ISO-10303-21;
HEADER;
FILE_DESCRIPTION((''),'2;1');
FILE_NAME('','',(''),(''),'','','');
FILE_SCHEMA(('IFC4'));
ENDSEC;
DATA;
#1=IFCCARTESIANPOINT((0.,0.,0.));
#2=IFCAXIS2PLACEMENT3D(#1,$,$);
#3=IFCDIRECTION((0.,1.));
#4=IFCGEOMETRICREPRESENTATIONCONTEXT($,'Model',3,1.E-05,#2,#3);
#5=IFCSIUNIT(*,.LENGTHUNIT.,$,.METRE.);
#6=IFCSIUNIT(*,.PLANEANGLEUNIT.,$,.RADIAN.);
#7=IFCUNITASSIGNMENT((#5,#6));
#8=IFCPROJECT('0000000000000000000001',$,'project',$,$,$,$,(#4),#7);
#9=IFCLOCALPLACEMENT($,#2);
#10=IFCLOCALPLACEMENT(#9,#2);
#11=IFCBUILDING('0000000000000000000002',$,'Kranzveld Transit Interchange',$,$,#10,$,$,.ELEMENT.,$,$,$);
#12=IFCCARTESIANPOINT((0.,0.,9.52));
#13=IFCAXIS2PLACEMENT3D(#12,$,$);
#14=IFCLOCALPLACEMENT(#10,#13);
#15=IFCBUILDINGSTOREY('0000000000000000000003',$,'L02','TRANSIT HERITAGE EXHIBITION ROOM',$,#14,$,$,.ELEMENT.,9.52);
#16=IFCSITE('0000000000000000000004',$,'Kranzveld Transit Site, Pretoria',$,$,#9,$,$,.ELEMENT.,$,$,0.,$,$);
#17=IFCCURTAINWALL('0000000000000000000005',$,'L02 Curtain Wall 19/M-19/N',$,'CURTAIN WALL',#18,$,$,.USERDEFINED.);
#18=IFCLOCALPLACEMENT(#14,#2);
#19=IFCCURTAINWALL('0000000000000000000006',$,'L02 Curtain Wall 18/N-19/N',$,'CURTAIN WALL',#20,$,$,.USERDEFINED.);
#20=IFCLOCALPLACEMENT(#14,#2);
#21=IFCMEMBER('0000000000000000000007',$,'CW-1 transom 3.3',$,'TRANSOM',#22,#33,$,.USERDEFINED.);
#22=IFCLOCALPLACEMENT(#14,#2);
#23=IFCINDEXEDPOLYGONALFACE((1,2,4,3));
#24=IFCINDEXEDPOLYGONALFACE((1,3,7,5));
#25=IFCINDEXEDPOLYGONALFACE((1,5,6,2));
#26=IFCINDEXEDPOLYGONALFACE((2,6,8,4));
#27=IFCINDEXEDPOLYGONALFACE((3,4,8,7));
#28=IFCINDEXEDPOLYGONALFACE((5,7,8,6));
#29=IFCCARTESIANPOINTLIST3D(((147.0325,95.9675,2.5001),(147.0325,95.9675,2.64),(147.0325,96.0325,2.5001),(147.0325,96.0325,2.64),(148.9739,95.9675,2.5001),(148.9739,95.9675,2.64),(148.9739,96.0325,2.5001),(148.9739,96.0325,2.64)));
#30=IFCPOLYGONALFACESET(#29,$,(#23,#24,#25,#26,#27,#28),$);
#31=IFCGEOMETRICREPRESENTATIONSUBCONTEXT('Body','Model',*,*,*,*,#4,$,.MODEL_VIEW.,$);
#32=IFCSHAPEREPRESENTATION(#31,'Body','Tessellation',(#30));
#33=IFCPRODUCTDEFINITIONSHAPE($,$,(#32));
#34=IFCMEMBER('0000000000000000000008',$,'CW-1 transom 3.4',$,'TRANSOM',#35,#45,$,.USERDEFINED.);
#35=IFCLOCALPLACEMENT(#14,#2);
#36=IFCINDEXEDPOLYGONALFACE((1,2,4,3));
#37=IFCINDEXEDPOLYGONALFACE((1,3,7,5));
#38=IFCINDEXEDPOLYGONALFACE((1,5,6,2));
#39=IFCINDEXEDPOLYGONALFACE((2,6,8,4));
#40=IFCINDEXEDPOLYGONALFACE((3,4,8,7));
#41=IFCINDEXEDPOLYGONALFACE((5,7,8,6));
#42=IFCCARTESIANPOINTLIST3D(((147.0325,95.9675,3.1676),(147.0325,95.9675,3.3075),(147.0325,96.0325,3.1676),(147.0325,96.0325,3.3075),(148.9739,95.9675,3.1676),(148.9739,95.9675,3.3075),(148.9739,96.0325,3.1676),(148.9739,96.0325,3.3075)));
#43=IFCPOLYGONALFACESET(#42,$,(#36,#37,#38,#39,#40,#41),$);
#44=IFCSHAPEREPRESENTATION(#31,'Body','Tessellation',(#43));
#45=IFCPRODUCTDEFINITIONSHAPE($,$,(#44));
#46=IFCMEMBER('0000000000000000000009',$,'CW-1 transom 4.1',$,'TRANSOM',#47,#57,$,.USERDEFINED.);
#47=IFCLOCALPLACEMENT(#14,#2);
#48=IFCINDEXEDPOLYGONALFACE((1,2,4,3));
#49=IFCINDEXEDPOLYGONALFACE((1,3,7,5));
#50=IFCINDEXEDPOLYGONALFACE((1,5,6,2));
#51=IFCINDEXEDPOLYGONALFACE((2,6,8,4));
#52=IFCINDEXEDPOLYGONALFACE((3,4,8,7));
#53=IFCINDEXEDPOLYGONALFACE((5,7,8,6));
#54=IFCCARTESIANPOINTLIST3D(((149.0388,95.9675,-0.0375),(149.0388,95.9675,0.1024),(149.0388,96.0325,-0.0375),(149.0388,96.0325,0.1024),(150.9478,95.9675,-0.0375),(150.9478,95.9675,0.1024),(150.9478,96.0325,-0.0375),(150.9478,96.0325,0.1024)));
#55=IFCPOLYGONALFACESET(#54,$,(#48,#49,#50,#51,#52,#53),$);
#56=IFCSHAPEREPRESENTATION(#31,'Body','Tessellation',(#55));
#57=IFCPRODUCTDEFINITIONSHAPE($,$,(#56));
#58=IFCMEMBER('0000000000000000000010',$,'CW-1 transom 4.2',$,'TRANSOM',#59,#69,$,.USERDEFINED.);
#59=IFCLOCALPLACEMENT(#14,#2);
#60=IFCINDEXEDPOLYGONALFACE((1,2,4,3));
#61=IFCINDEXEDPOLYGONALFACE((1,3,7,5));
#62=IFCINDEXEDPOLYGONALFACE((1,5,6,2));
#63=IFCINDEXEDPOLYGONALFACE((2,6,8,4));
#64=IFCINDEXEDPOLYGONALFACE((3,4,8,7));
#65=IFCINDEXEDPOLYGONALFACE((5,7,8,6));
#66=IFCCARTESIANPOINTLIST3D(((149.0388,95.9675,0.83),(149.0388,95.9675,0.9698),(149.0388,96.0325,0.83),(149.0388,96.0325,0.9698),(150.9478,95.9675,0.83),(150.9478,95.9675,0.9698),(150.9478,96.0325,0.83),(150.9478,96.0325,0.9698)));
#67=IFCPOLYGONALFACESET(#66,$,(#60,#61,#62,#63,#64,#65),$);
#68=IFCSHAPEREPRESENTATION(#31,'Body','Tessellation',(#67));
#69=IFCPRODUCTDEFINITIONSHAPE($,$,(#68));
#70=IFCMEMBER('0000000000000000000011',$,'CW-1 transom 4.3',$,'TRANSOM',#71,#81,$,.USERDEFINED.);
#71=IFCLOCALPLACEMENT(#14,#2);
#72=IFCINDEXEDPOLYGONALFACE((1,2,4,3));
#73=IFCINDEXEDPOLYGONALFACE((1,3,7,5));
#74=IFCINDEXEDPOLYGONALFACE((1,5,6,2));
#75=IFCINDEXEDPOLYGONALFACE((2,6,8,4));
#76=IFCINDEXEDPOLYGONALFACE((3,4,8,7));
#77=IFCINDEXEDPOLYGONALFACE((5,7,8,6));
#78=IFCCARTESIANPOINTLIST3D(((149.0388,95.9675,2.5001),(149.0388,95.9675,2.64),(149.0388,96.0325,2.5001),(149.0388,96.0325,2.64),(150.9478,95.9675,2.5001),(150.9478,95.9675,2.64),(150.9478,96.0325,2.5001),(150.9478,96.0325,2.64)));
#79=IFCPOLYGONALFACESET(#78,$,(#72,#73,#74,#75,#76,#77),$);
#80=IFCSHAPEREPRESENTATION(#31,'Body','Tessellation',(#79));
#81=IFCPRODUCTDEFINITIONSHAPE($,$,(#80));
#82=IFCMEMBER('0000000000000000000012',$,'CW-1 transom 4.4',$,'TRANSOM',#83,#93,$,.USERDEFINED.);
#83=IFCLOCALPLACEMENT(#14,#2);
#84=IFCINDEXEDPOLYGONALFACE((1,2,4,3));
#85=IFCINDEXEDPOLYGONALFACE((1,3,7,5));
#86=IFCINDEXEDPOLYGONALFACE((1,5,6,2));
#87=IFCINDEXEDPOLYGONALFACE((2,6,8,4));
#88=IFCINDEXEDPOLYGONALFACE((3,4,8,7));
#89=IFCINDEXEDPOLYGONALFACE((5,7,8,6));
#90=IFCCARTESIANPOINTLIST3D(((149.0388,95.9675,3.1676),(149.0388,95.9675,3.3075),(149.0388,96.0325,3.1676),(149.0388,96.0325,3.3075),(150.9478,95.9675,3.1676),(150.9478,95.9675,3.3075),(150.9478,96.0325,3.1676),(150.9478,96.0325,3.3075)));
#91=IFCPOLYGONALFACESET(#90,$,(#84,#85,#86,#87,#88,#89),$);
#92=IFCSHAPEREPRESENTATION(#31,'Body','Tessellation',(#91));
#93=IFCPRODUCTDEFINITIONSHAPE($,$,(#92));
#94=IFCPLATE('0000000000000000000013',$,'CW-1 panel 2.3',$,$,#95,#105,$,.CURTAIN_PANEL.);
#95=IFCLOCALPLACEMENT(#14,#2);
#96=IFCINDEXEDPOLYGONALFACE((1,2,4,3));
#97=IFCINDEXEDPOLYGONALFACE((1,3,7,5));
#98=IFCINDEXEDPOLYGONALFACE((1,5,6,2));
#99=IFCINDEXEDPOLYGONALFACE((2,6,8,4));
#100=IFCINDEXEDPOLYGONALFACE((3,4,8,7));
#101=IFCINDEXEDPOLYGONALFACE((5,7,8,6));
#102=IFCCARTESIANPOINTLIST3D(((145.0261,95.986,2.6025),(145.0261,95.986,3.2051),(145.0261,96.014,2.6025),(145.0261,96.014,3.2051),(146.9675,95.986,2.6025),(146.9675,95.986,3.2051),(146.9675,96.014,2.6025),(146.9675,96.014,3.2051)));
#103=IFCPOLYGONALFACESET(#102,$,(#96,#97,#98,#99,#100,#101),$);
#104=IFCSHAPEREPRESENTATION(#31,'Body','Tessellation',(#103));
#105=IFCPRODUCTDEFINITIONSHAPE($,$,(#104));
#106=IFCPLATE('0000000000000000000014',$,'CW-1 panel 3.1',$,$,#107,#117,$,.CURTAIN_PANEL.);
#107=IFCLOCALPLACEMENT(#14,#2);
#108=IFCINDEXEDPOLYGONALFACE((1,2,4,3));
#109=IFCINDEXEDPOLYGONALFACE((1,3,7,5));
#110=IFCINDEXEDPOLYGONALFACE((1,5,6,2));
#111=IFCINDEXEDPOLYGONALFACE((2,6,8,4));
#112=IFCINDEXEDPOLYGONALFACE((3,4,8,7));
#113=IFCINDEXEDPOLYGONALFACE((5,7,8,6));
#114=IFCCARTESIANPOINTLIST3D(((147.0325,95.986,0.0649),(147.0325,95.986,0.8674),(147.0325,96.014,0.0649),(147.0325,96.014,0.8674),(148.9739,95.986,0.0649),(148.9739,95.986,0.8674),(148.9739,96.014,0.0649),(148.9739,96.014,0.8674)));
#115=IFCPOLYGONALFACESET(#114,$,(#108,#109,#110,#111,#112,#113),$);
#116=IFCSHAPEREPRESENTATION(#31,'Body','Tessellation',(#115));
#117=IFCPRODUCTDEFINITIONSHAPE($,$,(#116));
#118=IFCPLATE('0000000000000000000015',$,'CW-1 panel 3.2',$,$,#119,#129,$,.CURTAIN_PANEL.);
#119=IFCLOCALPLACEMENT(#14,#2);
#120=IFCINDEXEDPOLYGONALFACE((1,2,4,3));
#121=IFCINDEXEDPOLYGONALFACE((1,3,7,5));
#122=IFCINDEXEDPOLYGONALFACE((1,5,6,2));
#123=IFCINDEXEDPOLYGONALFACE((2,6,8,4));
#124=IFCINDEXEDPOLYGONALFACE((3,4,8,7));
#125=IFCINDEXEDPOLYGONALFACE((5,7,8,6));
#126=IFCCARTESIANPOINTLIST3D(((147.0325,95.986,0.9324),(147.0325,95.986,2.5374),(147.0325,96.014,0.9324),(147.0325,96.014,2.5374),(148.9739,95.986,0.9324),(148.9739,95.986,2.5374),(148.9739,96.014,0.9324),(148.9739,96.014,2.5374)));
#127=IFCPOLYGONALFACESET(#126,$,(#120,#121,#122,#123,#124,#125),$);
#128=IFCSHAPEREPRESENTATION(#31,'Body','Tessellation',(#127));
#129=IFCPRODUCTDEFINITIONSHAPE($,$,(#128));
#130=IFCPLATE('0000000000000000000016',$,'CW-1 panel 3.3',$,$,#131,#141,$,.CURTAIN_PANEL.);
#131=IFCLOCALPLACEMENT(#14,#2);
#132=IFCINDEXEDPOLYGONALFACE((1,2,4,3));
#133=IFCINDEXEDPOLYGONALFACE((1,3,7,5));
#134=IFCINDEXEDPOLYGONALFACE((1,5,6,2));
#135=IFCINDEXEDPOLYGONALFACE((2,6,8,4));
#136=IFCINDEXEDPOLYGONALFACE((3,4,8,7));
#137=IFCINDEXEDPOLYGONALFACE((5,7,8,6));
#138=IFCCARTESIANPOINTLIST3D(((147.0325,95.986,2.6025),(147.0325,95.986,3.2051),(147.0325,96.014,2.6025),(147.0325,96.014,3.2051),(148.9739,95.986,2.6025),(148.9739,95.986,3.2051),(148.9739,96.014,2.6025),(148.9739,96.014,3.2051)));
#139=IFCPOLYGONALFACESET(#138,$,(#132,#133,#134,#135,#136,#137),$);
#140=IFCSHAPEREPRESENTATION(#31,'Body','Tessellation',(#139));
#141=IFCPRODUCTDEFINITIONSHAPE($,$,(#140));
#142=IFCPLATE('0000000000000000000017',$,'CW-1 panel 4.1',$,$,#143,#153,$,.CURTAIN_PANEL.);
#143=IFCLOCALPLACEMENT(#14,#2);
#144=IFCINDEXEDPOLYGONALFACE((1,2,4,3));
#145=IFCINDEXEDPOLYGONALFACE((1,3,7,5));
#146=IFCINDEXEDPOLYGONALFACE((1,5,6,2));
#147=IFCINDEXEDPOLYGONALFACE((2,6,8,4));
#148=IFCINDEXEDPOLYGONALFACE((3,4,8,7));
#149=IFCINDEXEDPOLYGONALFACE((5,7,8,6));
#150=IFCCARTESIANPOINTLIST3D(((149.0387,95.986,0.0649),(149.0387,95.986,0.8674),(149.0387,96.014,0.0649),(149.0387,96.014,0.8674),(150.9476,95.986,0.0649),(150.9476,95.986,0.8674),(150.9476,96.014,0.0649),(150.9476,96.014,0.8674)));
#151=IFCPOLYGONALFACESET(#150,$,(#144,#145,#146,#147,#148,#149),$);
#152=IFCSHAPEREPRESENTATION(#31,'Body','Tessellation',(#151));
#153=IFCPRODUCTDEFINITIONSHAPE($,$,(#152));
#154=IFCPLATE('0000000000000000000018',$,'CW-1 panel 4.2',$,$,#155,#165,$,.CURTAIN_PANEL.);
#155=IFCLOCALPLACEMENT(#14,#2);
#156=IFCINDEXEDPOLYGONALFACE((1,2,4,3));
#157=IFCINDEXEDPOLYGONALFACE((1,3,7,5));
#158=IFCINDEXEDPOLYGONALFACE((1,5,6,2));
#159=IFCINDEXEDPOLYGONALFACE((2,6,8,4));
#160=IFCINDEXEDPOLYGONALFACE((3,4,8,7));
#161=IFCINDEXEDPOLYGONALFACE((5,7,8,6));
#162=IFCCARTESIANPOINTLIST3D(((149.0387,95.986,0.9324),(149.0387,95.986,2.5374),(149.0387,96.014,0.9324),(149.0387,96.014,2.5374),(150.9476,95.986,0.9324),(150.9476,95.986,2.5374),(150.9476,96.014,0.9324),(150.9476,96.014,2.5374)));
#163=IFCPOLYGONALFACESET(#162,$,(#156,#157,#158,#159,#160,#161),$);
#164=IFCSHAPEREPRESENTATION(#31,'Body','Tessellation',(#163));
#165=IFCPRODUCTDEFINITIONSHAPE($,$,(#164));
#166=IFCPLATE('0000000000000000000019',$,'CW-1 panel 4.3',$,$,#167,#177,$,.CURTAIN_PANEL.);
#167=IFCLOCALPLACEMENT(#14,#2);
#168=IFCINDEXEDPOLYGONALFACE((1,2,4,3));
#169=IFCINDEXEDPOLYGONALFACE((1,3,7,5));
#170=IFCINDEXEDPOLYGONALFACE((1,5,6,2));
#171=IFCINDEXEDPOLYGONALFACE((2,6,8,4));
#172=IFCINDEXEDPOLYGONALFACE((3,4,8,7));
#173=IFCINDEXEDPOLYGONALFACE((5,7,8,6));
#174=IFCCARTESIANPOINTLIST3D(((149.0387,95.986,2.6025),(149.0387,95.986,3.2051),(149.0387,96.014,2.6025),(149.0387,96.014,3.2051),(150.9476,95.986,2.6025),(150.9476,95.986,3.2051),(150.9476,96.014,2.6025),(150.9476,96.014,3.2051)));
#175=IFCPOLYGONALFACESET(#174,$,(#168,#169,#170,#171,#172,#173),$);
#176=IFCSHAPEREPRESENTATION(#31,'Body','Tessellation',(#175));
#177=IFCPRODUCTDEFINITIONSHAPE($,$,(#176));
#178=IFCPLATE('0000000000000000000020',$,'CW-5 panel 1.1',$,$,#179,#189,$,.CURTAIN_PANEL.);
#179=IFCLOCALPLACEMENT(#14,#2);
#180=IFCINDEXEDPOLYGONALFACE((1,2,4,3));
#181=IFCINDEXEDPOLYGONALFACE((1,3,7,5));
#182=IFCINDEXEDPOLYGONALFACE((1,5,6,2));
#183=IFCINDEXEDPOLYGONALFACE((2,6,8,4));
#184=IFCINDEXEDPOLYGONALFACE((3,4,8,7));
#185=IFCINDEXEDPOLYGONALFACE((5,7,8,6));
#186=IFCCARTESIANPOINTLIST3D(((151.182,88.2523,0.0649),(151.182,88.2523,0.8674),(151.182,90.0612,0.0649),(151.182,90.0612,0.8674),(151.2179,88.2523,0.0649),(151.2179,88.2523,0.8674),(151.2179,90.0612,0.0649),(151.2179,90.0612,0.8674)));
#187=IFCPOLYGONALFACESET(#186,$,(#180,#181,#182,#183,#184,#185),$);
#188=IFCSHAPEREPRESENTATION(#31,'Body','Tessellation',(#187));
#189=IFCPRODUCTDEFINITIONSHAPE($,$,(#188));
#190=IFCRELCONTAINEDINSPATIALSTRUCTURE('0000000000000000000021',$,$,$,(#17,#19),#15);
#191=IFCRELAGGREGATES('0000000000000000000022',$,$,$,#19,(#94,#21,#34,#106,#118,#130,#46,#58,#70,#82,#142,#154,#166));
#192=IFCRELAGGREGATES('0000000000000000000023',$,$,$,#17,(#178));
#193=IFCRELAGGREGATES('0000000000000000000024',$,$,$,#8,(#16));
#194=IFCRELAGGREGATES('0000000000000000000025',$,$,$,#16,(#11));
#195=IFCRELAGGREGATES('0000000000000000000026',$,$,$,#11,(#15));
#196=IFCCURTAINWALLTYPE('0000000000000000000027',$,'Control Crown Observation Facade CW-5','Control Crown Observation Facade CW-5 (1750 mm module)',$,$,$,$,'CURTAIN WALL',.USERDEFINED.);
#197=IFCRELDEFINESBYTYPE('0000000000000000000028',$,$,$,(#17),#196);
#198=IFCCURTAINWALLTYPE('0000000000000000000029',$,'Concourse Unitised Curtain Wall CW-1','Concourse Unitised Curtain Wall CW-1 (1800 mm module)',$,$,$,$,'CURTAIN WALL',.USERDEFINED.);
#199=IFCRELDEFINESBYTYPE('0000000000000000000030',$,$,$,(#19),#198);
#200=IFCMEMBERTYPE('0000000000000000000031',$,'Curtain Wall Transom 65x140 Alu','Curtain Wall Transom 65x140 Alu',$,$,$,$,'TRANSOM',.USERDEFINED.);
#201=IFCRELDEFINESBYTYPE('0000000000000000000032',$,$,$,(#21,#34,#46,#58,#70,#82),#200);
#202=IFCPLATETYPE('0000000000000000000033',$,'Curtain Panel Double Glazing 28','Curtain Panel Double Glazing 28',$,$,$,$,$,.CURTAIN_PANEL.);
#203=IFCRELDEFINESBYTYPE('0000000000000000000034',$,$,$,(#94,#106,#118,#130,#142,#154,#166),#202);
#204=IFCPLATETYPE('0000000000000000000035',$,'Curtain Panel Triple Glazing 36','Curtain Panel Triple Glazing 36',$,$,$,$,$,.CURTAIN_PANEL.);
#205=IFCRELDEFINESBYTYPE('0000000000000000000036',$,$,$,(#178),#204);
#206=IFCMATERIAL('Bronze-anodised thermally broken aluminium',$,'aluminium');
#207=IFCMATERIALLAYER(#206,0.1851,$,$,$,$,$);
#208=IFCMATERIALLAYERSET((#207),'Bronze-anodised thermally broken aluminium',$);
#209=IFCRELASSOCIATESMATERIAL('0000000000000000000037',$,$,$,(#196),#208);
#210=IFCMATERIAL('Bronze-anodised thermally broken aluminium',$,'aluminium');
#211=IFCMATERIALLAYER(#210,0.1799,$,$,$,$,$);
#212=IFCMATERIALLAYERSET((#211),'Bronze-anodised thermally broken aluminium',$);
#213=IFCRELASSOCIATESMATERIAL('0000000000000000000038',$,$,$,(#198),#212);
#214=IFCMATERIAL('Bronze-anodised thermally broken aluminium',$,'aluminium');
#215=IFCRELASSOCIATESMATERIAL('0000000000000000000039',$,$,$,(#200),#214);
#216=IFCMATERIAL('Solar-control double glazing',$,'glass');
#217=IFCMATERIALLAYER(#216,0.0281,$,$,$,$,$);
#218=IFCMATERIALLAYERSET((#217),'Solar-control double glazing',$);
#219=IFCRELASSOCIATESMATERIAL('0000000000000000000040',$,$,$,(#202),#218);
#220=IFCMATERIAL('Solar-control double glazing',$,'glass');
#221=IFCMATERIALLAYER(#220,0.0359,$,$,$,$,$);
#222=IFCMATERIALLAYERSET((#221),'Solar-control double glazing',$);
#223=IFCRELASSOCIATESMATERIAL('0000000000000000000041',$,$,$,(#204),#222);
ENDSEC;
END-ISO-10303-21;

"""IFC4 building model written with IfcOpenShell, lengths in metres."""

from ifc_helpers import new_model, si_unit, direction, frame, origin, origin_2d, place, context, subcontext, project, spatial, rectangle, extrude, material, layer, layer_set, material_profile, profile_set, type_object, element, aggregate, save


model = new_model("IFC4")

# Units and contexts
model_context = context("Model", 3, precision=1e-05, world=origin(), true_north=direction((0.0, 1.0)))
body_context = subcontext(model_context, "Body", "Model", "MODEL_VIEW")
ifc_project = project(units=[si_unit("LENGTHUNIT", "METRE"), si_unit("PLANEANGLEUNIT", "RADIAN")], contexts=[model_context])

# Site, building, storey
site_placement = place(None, origin())
site = spatial("IfcSite", under=ifc_project, at=site_placement, Name="Kranzveld Transit Site, Pretoria", CompositionType="ELEMENT", RefElevation=0.0)
building_placement = place(site_placement, origin())
building = spatial("IfcBuilding", under=site, at=building_placement, Name="Kranzveld Transit Interchange", CompositionType="ELEMENT")
storey_placement = place(building_placement, frame((0.0, 0.0, 9.52)))
storey = spatial("IfcBuildingStorey", under=building, at=storey_placement, Name="L02", Description="TRANSIT HERITAGE EXHIBITION ROOM", CompositionType="ELEMENT", Elevation=9.52)

# Curtain walls
ifc_material_1 = material(Name="Bronze-anodised thermally broken aluminium", Category="aluminium")
ifc_layer_1 = layer(ifc_material_1, 0.1851)
ifc_layer_set_1 = layer_set([ifc_layer_1], Name="Bronze-anodised thermally broken aluminium")
curtain_wall_type_1 = type_object("IfcCurtainWallType", Name="Control Crown Observation Facade CW-5", Description="Control Crown Observation Facade CW-5 (1750 mm module)", ElementType="CURTAIN WALL", PredefinedType="USERDEFINED", material=ifc_layer_set_1)
curtain_wall_1_placement = place(storey_placement, origin())
curtain_wall_1 = element("IfcCurtainWall", 1, at=curtain_wall_1_placement, inside=storey, type_object=curtain_wall_type_1, Name="L02 Curtain Wall 19/M-19/N", ObjectType="CURTAIN WALL", PredefinedType="USERDEFINED")
ifc_material_2 = material(Name="Bronze-anodised thermally broken aluminium", Category="aluminium")
ifc_layer_2 = layer(ifc_material_2, 0.1799)
ifc_layer_set_2 = layer_set([ifc_layer_2], Name="Bronze-anodised thermally broken aluminium")
curtain_wall_type_2 = type_object("IfcCurtainWallType", Name="Concourse Unitised Curtain Wall CW-1", Description="Concourse Unitised Curtain Wall CW-1 (1800 mm module)", ElementType="CURTAIN WALL", PredefinedType="USERDEFINED", material=ifc_layer_set_2)
curtain_wall_2_placement = place(storey_placement, origin())
curtain_wall_2 = element("IfcCurtainWall", 2, at=curtain_wall_2_placement, inside=storey, type_object=curtain_wall_type_2, Name="L02 Curtain Wall 18/N-19/N", ObjectType="CURTAIN WALL", PredefinedType="USERDEFINED")

# Members
ifc_material_3 = material(Name="Bronze-anodised thermally broken aluminium", Category="aluminium")
ifc_material_profile_1 = material_profile(ifc_material_3, rectangle(XDim=0.0649, YDim=0.1399, at=origin_2d()), Name="ALU TRANSOM 65x140")
ifc_profile_set_1 = profile_set([ifc_material_profile_1], Name="Bronze-anodised thermally broken aluminium")
member_type_1 = type_object("IfcMemberType", Name="Curtain Wall Transom 65x140 Alu", Description="Curtain Wall Transom 65x140 Alu", ElementType="TRANSOM", PredefinedType="USERDEFINED", material=ifc_profile_set_1)
member_1_placement = place(storey_placement, frame((147.0325, 96.0, 2.5701), z_axis=(1.0, 0.0, 0.0), x_axis=(0.0, 1.0, 0.0)))
member_1 = element("IfcMember", 3, at=member_1_placement, type_object=member_type_1, Name="CW-1 transom 3.3", ObjectType="TRANSOM", PredefinedType="USERDEFINED", context=body_context, shape_type="SweptSolid", body=[
    extrude(rectangle(XDim=0.0649, YDim=0.1399, at=origin_2d()), origin(), (0.0, 0.0, 1.0), 1.9414),
])
member_2_placement = place(storey_placement, frame((147.0325, 96.0, 3.2375), z_axis=(1.0, 0.0, 0.0), x_axis=(0.0, 1.0, 0.0)))
member_2 = element("IfcMember", 4, at=member_2_placement, type_object=member_type_1, Name="CW-1 transom 3.4", ObjectType="TRANSOM", PredefinedType="USERDEFINED", context=body_context, shape_type="SweptSolid", body=[
    extrude(rectangle(XDim=0.0649, YDim=0.1399, at=origin_2d()), origin(), (0.0, 0.0, 1.0), 1.9414),
])
member_3_placement = place(storey_placement, frame((149.0388, 96.0, 0.0325), z_axis=(1.0, 0.0, 0.0), x_axis=(0.0, 1.0, 0.0)))
member_3 = element("IfcMember", 5, at=member_3_placement, type_object=member_type_1, Name="CW-1 transom 4.1", ObjectType="TRANSOM", PredefinedType="USERDEFINED", context=body_context, shape_type="SweptSolid", body=[
    extrude(rectangle(XDim=0.0649, YDim=0.1399, at=origin_2d()), origin(), (0.0, 0.0, 1.0), 1.9089),
])
member_4_placement = place(storey_placement, frame((149.0388, 96.0, 0.8999), z_axis=(1.0, 0.0, 0.0), x_axis=(0.0, 1.0, 0.0)))
member_4 = element("IfcMember", 6, at=member_4_placement, type_object=member_type_1, Name="CW-1 transom 4.2", ObjectType="TRANSOM", PredefinedType="USERDEFINED", context=body_context, shape_type="SweptSolid", body=[
    extrude(rectangle(XDim=0.0649, YDim=0.1399, at=origin_2d()), origin(), (0.0, 0.0, 1.0), 1.9089),
])
member_5_placement = place(storey_placement, frame((149.0388, 96.0, 2.5701), z_axis=(1.0, 0.0, 0.0), x_axis=(0.0, 1.0, 0.0)))
member_5 = element("IfcMember", 7, at=member_5_placement, type_object=member_type_1, Name="CW-1 transom 4.3", ObjectType="TRANSOM", PredefinedType="USERDEFINED", context=body_context, shape_type="SweptSolid", body=[
    extrude(rectangle(XDim=0.0649, YDim=0.1399, at=origin_2d()), origin(), (0.0, 0.0, 1.0), 1.9089),
])
member_6_placement = place(storey_placement, frame((149.0388, 96.0, 3.2375), z_axis=(1.0, 0.0, 0.0), x_axis=(0.0, 1.0, 0.0)))
member_6 = element("IfcMember", 8, at=member_6_placement, type_object=member_type_1, Name="CW-1 transom 4.4", ObjectType="TRANSOM", PredefinedType="USERDEFINED", context=body_context, shape_type="SweptSolid", body=[
    extrude(rectangle(XDim=0.0649, YDim=0.1399, at=origin_2d()), origin(), (0.0, 0.0, 1.0), 1.9089),
])

# Plates
ifc_material_4 = material(Name="Solar-control double glazing", Category="glass")
ifc_layer_3 = layer(ifc_material_4, 0.0281)
ifc_layer_set_3 = layer_set([ifc_layer_3], Name="Solar-control double glazing")
plate_type_1 = type_object("IfcPlateType", Name="Curtain Panel Double Glazing 28", Description="Curtain Panel Double Glazing 28", PredefinedType="CURTAIN_PANEL", material=ifc_layer_set_3)
plate_1_placement = place(storey_placement, frame((145.9968, 96.0, 2.6025), z_axis=(0.0, 0.0, 1.0), x_axis=(1.0, 0.0, 0.0)))
plate_1 = element("IfcPlate", 9, at=plate_1_placement, type_object=plate_type_1, Name="CW-1 panel 2.3", PredefinedType="CURTAIN_PANEL", context=body_context, shape_type="SweptSolid", body=[
    extrude(rectangle(XDim=1.9414, YDim=0.0281, at=origin_2d()), origin(), (0.0, 0.0, 1.0), 0.6025),
])
plate_2_placement = place(storey_placement, frame((148.0032, 96.0, 0.0649), z_axis=(0.0, 0.0, 1.0), x_axis=(1.0, 0.0, 0.0)))
plate_2 = element("IfcPlate", 10, at=plate_2_placement, type_object=plate_type_1, Name="CW-1 panel 3.1", PredefinedType="CURTAIN_PANEL", context=body_context, shape_type="SweptSolid", body=[
    extrude(rectangle(XDim=1.9414, YDim=0.0281, at=origin_2d()), origin(), (0.0, 0.0, 1.0), 0.8025),
])
plate_3_placement = place(storey_placement, frame((148.0032, 96.0, 0.9324), z_axis=(0.0, 0.0, 1.0), x_axis=(1.0, 0.0, 0.0)))
plate_3 = element("IfcPlate", 11, at=plate_3_placement, type_object=plate_type_1, Name="CW-1 panel 3.2", PredefinedType="CURTAIN_PANEL", context=body_context, shape_type="SweptSolid", body=[
    extrude(rectangle(XDim=1.9414, YDim=0.0281, at=origin_2d()), origin(), (0.0, 0.0, 1.0), 1.605),
])
plate_4_placement = place(storey_placement, frame((148.0032, 96.0, 2.6025), z_axis=(0.0, 0.0, 1.0), x_axis=(1.0, 0.0, 0.0)))
plate_4 = element("IfcPlate", 12, at=plate_4_placement, type_object=plate_type_1, Name="CW-1 panel 3.3", PredefinedType="CURTAIN_PANEL", context=body_context, shape_type="SweptSolid", body=[
    extrude(rectangle(XDim=1.9414, YDim=0.0281, at=origin_2d()), origin(), (0.0, 0.0, 1.0), 0.6025),
])
plate_5_placement = place(storey_placement, frame((149.9932, 96.0, 0.0649), z_axis=(0.0, 0.0, 1.0), x_axis=(1.0, 0.0, 0.0)))
plate_5 = element("IfcPlate", 13, at=plate_5_placement, type_object=plate_type_1, Name="CW-1 panel 4.1", PredefinedType="CURTAIN_PANEL", context=body_context, shape_type="SweptSolid", body=[
    extrude(rectangle(XDim=1.9089, YDim=0.0281, at=origin_2d()), origin(), (0.0, 0.0, 1.0), 0.8025),
])
plate_6_placement = place(storey_placement, frame((149.9932, 96.0, 0.9324), z_axis=(0.0, 0.0, 1.0), x_axis=(1.0, 0.0, 0.0)))
plate_6 = element("IfcPlate", 14, at=plate_6_placement, type_object=plate_type_1, Name="CW-1 panel 4.2", PredefinedType="CURTAIN_PANEL", context=body_context, shape_type="SweptSolid", body=[
    extrude(rectangle(XDim=1.9089, YDim=0.0281, at=origin_2d()), origin(), (0.0, 0.0, 1.0), 1.605),
])
plate_7_placement = place(storey_placement, frame((149.9932, 96.0, 2.6025), z_axis=(0.0, 0.0, 1.0), x_axis=(1.0, 0.0, 0.0)))
plate_7 = element("IfcPlate", 15, at=plate_7_placement, type_object=plate_type_1, Name="CW-1 panel 4.3", PredefinedType="CURTAIN_PANEL", context=body_context, shape_type="SweptSolid", body=[
    extrude(rectangle(XDim=1.9089, YDim=0.0281, at=origin_2d()), origin(), (0.0, 0.0, 1.0), 0.6025),
])
aggregate(curtain_wall_2, [plate_1, member_1, member_2, plate_2, plate_3, plate_4, member_3, member_4, member_5, member_6, plate_5, plate_6, plate_7])
ifc_material_5 = material(Name="Solar-control double glazing", Category="glass")
ifc_layer_4 = layer(ifc_material_5, 0.0359)
ifc_layer_set_4 = layer_set([ifc_layer_4], Name="Solar-control double glazing")
plate_type_2 = type_object("IfcPlateType", Name="Curtain Panel Triple Glazing 36", Description="Curtain Panel Triple Glazing 36", PredefinedType="CURTAIN_PANEL", material=ifc_layer_set_4)
plate_8_placement = place(storey_placement, frame((151.2, 89.1567, 0.0649), z_axis=(0.0, 0.0, 1.0), x_axis=(0.0, 1.0, 0.0)))
plate_8 = element("IfcPlate", 16, at=plate_8_placement, type_object=plate_type_2, Name="CW-5 panel 1.1", PredefinedType="CURTAIN_PANEL", context=body_context, shape_type="SweptSolid", body=[
    extrude(rectangle(XDim=1.8088, YDim=0.0359, at=origin_2d()), origin(), (0.0, 0.0, 1.0), 0.8025),
])
aggregate(curtain_wall_1, [plate_8])

save(model, "model.ifc")
